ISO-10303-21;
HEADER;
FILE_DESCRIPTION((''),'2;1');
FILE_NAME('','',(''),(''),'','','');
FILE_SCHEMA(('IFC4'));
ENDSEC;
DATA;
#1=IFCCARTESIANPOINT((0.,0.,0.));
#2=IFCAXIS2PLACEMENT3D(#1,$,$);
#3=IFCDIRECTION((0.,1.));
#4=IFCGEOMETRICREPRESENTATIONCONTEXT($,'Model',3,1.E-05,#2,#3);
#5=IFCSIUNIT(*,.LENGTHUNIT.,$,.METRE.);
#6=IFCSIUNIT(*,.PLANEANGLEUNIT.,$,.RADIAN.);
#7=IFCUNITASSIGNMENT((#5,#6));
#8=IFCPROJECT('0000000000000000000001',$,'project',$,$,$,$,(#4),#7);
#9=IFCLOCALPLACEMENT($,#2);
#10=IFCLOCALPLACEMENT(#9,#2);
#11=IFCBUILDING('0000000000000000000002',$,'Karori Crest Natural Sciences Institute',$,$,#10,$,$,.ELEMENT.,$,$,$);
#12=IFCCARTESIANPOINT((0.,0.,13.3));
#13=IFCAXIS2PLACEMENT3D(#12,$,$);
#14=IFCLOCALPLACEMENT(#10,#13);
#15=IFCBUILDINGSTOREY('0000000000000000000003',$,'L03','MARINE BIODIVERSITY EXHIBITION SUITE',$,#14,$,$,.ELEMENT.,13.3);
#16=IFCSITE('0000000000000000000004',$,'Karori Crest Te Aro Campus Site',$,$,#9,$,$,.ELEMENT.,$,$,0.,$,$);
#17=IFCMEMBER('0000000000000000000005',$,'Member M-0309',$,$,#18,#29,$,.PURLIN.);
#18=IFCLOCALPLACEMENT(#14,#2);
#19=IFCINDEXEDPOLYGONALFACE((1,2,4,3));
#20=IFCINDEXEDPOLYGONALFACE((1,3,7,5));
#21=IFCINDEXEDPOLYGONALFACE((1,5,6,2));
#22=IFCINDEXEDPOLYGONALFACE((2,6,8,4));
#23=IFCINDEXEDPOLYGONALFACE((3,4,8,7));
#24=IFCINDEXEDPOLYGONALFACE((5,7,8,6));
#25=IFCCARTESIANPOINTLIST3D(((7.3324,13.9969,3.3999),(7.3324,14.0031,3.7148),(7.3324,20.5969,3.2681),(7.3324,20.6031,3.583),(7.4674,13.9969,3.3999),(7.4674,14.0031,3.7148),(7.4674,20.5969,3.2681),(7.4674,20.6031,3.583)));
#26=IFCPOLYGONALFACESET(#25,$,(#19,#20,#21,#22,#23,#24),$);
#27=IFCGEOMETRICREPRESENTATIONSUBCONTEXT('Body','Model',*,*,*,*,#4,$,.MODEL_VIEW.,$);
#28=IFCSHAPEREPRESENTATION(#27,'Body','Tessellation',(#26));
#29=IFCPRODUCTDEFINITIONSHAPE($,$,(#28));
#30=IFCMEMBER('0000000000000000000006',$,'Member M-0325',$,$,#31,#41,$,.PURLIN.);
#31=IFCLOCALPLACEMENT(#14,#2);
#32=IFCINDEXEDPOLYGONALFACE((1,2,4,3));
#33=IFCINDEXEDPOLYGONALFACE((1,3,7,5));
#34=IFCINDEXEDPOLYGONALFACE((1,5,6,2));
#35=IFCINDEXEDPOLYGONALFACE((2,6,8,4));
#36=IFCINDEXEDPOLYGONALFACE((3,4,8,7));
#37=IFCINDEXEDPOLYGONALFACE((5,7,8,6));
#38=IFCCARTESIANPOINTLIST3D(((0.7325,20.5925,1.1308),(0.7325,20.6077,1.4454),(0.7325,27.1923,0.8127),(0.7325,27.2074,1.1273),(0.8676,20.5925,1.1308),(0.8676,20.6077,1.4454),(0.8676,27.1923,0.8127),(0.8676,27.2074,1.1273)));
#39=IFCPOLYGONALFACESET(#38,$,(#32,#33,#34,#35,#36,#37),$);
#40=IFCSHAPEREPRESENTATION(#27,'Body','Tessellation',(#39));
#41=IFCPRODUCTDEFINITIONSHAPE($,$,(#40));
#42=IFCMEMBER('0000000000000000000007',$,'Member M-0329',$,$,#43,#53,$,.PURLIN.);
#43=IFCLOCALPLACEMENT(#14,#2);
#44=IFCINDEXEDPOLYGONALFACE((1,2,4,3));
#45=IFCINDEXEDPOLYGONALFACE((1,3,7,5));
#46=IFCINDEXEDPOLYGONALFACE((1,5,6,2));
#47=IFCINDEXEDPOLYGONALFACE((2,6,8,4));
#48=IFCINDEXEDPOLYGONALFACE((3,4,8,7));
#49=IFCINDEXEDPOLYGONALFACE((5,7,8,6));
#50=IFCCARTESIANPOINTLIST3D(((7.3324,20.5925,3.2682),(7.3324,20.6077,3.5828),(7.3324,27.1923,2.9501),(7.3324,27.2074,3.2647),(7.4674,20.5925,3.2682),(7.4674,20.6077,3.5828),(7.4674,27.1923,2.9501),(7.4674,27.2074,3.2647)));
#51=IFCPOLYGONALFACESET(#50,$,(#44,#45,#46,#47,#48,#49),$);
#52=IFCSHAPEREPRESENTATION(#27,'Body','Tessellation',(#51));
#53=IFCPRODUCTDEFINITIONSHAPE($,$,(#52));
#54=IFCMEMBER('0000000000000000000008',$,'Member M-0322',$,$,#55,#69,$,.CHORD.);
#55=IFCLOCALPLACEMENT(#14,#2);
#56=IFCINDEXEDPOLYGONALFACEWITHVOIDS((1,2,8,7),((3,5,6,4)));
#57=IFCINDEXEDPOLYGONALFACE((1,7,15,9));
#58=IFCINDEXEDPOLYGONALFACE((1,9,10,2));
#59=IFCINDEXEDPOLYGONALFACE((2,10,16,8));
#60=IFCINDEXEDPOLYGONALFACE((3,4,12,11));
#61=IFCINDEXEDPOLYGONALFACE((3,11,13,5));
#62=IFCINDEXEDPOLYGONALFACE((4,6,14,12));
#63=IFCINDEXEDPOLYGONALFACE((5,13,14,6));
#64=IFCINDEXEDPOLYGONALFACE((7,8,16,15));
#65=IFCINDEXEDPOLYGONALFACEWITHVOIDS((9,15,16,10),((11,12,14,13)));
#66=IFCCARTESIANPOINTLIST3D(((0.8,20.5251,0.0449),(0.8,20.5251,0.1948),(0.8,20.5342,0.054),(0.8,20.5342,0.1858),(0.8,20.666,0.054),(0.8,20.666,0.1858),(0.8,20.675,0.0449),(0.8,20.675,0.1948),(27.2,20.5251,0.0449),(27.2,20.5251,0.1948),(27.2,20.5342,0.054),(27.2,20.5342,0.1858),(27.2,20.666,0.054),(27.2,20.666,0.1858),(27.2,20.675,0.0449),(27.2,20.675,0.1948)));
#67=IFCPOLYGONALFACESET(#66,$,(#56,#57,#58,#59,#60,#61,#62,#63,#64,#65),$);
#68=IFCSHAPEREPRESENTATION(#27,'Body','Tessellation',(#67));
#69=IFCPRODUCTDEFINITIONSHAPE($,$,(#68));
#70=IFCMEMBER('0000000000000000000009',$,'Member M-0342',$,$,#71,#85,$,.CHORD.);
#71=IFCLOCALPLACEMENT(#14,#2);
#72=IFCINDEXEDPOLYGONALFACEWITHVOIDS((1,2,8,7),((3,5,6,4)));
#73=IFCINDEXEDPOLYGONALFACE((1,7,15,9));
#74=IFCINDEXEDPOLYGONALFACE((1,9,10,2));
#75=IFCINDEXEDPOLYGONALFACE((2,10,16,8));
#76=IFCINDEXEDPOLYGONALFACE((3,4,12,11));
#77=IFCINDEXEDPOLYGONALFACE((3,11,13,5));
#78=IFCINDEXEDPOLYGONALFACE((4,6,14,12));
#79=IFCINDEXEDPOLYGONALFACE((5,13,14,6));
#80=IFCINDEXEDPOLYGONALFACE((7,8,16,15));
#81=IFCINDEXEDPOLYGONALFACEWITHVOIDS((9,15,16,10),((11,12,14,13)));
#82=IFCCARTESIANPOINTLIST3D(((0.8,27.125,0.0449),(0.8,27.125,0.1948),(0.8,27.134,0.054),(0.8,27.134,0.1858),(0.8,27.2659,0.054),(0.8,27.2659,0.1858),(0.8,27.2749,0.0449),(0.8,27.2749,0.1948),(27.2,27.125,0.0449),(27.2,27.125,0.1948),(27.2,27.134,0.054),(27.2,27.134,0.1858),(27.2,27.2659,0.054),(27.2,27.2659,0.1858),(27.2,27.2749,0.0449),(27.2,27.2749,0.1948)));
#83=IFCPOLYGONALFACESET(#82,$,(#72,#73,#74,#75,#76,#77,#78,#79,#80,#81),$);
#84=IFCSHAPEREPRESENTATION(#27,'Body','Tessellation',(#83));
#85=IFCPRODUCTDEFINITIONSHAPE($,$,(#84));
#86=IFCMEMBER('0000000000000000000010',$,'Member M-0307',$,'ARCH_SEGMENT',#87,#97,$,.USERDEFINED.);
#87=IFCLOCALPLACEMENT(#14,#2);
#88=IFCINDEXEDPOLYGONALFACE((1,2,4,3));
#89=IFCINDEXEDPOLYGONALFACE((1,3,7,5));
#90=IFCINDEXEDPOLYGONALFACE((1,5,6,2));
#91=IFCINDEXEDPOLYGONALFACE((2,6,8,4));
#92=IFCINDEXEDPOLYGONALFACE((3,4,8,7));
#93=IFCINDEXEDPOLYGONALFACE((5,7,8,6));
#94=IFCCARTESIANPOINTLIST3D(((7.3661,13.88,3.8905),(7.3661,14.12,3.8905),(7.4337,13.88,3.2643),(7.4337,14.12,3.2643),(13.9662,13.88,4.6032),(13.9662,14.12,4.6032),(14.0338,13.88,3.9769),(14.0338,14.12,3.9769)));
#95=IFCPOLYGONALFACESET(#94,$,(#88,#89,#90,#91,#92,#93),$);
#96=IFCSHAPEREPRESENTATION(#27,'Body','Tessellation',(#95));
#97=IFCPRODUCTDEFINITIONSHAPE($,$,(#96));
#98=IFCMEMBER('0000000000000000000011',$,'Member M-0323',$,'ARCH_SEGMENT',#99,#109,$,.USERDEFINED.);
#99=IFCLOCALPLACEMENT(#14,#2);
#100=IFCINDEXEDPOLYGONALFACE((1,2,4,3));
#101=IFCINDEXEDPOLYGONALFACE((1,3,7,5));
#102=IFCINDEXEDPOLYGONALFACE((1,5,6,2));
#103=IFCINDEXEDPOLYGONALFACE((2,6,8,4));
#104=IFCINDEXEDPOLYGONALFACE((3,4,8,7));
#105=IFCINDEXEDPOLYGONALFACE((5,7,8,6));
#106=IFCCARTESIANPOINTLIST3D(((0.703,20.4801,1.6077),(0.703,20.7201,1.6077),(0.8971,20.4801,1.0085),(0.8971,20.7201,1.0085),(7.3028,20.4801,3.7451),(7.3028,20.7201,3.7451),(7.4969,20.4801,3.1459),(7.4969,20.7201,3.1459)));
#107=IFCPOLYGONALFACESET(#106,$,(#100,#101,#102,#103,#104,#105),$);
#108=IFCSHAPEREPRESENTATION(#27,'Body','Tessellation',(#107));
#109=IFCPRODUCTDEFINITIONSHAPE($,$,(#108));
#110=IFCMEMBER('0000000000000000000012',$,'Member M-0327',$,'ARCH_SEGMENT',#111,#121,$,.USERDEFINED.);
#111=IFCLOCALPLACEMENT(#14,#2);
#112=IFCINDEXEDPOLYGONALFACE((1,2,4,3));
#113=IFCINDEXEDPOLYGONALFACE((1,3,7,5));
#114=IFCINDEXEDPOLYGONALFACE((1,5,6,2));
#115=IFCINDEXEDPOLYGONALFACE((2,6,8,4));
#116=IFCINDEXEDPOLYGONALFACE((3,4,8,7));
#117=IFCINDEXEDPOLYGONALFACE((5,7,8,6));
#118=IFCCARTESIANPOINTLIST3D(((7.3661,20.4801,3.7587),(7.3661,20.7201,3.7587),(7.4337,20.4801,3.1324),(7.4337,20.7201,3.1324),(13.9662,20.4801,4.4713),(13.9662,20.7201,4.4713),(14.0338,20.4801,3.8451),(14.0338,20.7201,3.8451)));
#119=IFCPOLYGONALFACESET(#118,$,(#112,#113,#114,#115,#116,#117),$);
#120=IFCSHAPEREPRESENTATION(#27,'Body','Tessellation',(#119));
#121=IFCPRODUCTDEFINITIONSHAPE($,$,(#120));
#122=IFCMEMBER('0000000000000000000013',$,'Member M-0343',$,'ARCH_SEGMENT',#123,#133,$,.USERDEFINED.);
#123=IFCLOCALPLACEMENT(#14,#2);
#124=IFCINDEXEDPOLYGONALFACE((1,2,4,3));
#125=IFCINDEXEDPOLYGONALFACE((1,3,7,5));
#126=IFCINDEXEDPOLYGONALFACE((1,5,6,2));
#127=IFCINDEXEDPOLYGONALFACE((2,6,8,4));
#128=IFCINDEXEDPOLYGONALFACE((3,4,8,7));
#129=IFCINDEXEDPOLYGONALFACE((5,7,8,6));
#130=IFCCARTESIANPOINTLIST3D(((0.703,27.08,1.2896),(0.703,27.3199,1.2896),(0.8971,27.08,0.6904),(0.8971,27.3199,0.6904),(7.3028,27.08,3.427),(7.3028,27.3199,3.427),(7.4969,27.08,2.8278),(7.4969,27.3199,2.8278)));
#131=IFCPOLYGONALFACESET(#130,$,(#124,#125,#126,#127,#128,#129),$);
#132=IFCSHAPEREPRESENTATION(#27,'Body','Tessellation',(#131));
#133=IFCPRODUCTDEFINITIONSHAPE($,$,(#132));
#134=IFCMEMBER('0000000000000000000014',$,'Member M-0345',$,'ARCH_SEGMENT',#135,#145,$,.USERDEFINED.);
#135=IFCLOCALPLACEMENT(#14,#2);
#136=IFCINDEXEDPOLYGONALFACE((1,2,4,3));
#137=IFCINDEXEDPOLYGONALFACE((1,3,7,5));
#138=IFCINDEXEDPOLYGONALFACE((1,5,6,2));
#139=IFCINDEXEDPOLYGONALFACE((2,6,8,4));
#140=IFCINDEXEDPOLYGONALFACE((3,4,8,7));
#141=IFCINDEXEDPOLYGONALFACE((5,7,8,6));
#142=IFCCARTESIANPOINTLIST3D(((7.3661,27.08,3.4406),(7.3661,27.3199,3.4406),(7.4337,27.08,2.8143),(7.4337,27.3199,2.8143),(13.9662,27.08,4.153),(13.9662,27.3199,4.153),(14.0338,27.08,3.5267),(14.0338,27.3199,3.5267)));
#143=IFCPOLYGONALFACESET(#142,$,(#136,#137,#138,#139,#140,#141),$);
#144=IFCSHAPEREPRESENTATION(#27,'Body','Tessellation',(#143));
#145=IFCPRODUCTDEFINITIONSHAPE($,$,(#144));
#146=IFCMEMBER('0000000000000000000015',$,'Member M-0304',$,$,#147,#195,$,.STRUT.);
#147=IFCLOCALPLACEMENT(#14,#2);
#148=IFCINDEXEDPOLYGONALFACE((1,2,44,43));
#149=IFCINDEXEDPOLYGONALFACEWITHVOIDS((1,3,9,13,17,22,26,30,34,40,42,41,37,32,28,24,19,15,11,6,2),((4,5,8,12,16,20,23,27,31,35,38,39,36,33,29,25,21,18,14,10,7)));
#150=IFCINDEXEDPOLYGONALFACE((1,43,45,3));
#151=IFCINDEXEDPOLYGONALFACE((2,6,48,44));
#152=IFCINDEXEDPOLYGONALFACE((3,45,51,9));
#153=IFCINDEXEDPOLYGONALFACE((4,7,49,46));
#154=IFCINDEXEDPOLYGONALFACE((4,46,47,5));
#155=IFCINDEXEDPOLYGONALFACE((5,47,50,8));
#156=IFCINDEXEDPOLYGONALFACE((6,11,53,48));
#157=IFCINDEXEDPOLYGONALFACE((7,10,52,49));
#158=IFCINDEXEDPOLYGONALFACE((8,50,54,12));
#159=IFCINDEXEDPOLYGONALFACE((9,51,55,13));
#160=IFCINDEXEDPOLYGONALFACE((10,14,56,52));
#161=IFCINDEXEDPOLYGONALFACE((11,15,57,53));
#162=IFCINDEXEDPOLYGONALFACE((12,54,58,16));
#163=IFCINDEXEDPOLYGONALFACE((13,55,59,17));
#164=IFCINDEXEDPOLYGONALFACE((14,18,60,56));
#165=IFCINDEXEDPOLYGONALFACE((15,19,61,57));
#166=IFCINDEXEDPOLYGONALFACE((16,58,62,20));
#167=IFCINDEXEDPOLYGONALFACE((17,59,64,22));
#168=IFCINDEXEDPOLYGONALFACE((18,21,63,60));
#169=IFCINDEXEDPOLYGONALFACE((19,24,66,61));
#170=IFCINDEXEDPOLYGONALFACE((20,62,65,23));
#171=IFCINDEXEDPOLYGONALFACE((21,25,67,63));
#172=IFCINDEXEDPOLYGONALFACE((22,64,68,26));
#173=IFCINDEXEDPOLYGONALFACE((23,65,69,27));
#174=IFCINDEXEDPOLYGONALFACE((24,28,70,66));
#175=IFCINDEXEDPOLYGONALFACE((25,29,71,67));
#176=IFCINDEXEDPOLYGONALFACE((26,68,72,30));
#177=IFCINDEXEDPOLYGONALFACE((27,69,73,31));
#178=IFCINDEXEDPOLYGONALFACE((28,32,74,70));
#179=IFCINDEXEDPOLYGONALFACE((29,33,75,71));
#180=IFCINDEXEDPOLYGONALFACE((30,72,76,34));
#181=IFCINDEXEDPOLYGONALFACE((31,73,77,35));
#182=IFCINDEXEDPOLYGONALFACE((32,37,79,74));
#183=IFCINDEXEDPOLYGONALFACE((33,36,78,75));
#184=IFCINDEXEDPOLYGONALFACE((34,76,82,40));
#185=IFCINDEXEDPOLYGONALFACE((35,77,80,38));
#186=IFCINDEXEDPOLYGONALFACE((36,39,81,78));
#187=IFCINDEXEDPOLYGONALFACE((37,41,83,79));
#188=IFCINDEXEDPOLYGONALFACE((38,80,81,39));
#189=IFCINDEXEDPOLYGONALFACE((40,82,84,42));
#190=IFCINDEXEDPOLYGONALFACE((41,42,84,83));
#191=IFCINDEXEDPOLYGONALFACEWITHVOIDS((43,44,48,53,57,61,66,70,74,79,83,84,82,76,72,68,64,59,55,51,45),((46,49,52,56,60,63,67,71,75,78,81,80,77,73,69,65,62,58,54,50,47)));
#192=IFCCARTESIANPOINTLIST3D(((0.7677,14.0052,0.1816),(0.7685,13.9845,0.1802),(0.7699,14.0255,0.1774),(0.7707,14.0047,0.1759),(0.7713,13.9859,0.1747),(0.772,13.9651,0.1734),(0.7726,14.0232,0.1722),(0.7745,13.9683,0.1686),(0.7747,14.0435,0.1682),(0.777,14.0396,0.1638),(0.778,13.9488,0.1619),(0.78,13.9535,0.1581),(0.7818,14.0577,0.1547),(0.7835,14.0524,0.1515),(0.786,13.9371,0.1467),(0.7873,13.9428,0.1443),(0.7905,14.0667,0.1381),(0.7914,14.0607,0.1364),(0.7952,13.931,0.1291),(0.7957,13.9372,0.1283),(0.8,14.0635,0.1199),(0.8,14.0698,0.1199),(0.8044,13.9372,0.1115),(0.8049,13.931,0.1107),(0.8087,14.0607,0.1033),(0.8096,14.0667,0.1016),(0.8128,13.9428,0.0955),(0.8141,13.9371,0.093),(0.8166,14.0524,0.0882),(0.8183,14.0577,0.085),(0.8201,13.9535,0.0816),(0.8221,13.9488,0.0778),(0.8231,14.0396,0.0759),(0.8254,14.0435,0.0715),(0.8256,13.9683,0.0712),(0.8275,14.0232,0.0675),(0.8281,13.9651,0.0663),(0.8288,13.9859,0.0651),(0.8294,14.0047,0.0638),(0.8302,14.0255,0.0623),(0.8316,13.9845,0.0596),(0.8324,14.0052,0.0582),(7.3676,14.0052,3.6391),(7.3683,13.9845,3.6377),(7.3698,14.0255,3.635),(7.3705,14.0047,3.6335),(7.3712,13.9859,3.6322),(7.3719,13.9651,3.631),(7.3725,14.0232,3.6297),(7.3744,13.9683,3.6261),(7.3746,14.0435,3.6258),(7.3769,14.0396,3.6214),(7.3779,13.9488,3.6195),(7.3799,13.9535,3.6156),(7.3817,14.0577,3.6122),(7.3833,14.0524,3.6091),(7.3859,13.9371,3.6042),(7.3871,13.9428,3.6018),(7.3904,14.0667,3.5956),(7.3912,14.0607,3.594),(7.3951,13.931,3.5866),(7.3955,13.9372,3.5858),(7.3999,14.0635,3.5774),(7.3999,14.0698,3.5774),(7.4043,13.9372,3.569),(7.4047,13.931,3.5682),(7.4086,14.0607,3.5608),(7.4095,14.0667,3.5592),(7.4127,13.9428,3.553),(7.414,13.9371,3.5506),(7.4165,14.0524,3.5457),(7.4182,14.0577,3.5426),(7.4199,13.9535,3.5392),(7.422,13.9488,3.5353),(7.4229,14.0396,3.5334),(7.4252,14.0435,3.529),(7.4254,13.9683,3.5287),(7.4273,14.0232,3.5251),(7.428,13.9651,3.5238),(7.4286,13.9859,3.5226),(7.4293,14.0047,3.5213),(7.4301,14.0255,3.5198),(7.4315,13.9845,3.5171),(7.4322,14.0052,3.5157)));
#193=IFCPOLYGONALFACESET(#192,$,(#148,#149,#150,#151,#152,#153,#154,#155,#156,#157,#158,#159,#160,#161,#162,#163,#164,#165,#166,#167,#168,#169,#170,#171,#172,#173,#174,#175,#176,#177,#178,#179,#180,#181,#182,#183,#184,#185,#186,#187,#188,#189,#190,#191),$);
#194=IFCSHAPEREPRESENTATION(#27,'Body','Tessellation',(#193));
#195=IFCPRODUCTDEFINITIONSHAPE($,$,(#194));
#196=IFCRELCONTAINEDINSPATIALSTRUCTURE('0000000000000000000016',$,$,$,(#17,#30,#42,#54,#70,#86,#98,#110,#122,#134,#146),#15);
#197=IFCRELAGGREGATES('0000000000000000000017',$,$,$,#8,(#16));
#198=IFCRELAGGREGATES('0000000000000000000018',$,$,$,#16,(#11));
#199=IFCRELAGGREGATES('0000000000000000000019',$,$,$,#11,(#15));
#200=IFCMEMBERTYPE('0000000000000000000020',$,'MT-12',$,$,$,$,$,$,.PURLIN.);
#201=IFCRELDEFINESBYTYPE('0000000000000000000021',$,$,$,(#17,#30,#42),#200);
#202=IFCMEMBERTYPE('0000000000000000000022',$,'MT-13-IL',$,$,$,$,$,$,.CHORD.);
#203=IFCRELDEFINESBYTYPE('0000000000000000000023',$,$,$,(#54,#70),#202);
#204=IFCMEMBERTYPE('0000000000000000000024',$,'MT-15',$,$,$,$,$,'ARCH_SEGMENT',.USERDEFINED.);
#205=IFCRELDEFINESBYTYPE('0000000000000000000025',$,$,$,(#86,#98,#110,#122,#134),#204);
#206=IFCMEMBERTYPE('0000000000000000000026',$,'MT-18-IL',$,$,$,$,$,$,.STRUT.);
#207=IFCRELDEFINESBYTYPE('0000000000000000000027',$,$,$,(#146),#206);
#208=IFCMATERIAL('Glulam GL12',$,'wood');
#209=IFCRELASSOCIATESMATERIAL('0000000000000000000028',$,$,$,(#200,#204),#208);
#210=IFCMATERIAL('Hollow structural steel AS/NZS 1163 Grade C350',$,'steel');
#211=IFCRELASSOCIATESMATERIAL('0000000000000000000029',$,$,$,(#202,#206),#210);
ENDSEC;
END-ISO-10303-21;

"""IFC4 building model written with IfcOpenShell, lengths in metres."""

from ifc_helpers import new_model, si_unit, direction, frame, origin, origin_2d, place, context, subcontext, project, spatial, rectangle, hollow_rectangle, hollow_circle, extrude, material, material_profile, profile_set, type_object, element, save


model = new_model("IFC4")

# Units and contexts
model_context = context("Model", 3, precision=1e-05, world=origin(), true_north=direction((0.0, 1.0)))
body_context = subcontext(model_context, "Body", "Model", "MODEL_VIEW")
ifc_project = project(units=[si_unit("LENGTHUNIT", "METRE"), si_unit("PLANEANGLEUNIT", "RADIAN")], contexts=[model_context])

# Site, building, storey
site_placement = place(None, origin())
site = spatial("IfcSite", under=ifc_project, at=site_placement, Name="Karori Crest Te Aro Campus Site", CompositionType="ELEMENT", RefElevation=0.0)
building_placement = place(site_placement, origin())
building = spatial("IfcBuilding", under=site, at=building_placement, Name="Karori Crest Natural Sciences Institute", CompositionType="ELEMENT")
storey_placement = place(building_placement, frame((0.0, 0.0, 13.3)))
storey = spatial("IfcBuildingStorey", under=building, at=storey_placement, Name="L03", Description="MARINE BIODIVERSITY EXHIBITION SUITE", CompositionType="ELEMENT", Elevation=13.3)

# Shared definitions
ifc_material_1 = material(Name="Hollow structural steel AS/NZS 1163 Grade C350", Category="steel")

# Members
ifc_material_2 = material(Name="Glulam GL12", Category="wood")
ifc_material_profile_1 = material_profile(ifc_material_2, rectangle(XDim=0.135, YDim=0.3149, at=origin_2d()), Name="GL135x315")
ifc_profile_set_1 = profile_set([ifc_material_profile_1], Name="Glulam GL12")
member_type_1 = type_object("IfcMemberType", Name="MT-12", PredefinedType="PURLIN", material=ifc_profile_set_1)
for number, where, z_axis, x_axis, name in (
    (1, (7.3999, 14.0, 3.5574), (0.0, 0.999801, -0.019971), (-1.0, 0.0, 0.0), "Member M-0309"),
):
    element("IfcMember", number, at=place(storey_placement, frame(where, z_axis=z_axis, x_axis=x_axis)), inside=storey, type_object=member_type_1, Name=name, PredefinedType="PURLIN", context=body_context, shape_type="SweptSolid", body=[
        extrude(rectangle(XDim=0.135, YDim=0.3149, at=origin_2d()), origin(), (0.0, 0.0, 1.0), 6.6013),
    ])
for number, where, z_axis, x_axis, name in (
    (2, (0.8, 20.6001, 1.2881), (0.0, 0.99884, -0.048144), (-1.0, 0.0, 0.0), "Member M-0325"),
    (3, (7.3999, 20.6001, 3.4255), (0.0, 0.99884, -0.048144), (-1.0, 0.0, 0.0), "Member M-0329"),
):
    element("IfcMember", number, at=place(storey_placement, frame(where, z_axis=z_axis, x_axis=x_axis)), inside=storey, type_object=member_type_1, Name=name, PredefinedType="PURLIN", context=body_context, shape_type="SweptSolid", body=[
        extrude(rectangle(XDim=0.135, YDim=0.3149, at=origin_2d()), origin(), (0.0, 0.0, 1.0), 6.6074),
    ])
ifc_material_profile_2 = material_profile(ifc_material_1, hollow_rectangle(XDim=0.1499, YDim=0.1499, WallThickness=0.009, at=origin_2d()), Name="SHS150x150x9")
ifc_profile_set_2 = profile_set([ifc_material_profile_2], Name="Hollow structural steel AS/NZS 1163 Grade C350")
member_type_2 = type_object("IfcMemberType", Name="MT-13-IL", PredefinedType="CHORD", material=ifc_profile_set_2)
for number, where, z_axis, x_axis, name in (
    (4, (0.8, 20.6001, 0.1199), (1.0, 0.0, 0.0), (0.0, 1.0, 0.0), "Member M-0322"),
    (5, (0.8, 27.2, 0.1199), (1.0, 0.0, 0.0), (0.0, 1.0, 0.0), "Member M-0342"),
):
    element("IfcMember", number, at=place(storey_placement, frame(where, z_axis=z_axis, x_axis=x_axis)), inside=storey, type_object=member_type_2, Name=name, PredefinedType="CHORD", context=body_context, shape_type="SweptSolid", body=[
        extrude(hollow_rectangle(XDim=0.1499, YDim=0.1499, WallThickness=0.009, at=origin_2d()), origin(), (0.0, 0.0, 1.0), 26.3999),
    ])
ifc_material_profile_3 = material_profile(ifc_material_2, rectangle(XDim=0.24, YDim=0.6299, at=origin_2d()), Name="GL240x630")
ifc_profile_set_3 = profile_set([ifc_material_profile_3], Name="Glulam GL12")
member_type_3 = type_object("IfcMemberType", Name="MT-15", ElementType="ARCH_SEGMENT", PredefinedType="USERDEFINED", material=ifc_profile_set_3)
member_1_placement = place(storey_placement, frame((7.3999, 14.0, 3.5774), z_axis=(0.994221, 0.0, 0.107351), x_axis=(0.0, 1.0, 0.0)))
element("IfcMember", 6, at=member_1_placement, inside=storey, type_object=member_type_3, Name="Member M-0307", ObjectType="ARCH_SEGMENT", PredefinedType="USERDEFINED", context=body_context, shape_type="SweptSolid", body=[
    extrude(rectangle(XDim=0.24, YDim=0.6299, at=origin_2d()), origin(), (0.0, 0.0, 1.0), 6.6384),
])
member_2_placement = place(storey_placement, frame((0.8, 20.6001, 1.3081), z_axis=(0.951351, 0.0, 0.308108), x_axis=(0.0, 1.0, 0.0)))
element("IfcMember", 7, at=member_2_placement, inside=storey, type_object=member_type_3, Name="Member M-0323", ObjectType="ARCH_SEGMENT", PredefinedType="USERDEFINED", context=body_context, shape_type="SweptSolid", body=[
    extrude(rectangle(XDim=0.24, YDim=0.6299, at=origin_2d()), origin(), (0.0, 0.0, 1.0), 6.9373),
])
member_3_placement = place(storey_placement, frame((7.3999, 20.6001, 3.4456), z_axis=(0.994221, 0.0, 0.107351), x_axis=(0.0, 1.0, 0.0)))
element("IfcMember", 8, at=member_3_placement, inside=storey, type_object=member_type_3, Name="Member M-0327", ObjectType="ARCH_SEGMENT", PredefinedType="USERDEFINED", context=body_context, shape_type="SweptSolid", body=[
    extrude(rectangle(XDim=0.24, YDim=0.6299, at=origin_2d()), origin(), (0.0, 0.0, 1.0), 6.6384),
])
member_4_placement = place(storey_placement, frame((0.8, 27.2, 0.99), z_axis=(0.951351, 0.0, 0.308108), x_axis=(0.0, 1.0, 0.0)))
element("IfcMember", 9, at=member_4_placement, inside=storey, type_object=member_type_3, Name="Member M-0343", ObjectType="ARCH_SEGMENT", PredefinedType="USERDEFINED", context=body_context, shape_type="SweptSolid", body=[
    extrude(rectangle(XDim=0.24, YDim=0.6299, at=origin_2d()), origin(), (0.0, 0.0, 1.0), 6.9373),
])
member_5_placement = place(storey_placement, frame((7.3999, 27.2, 3.1274), z_axis=(0.994225, 0.0, 0.107315), x_axis=(0.0, 1.0, 0.0)))
element("IfcMember", 10, at=member_5_placement, inside=storey, type_object=member_type_3, Name="Member M-0345", ObjectType="ARCH_SEGMENT", PredefinedType="USERDEFINED", context=body_context, shape_type="SweptSolid", body=[
    extrude(rectangle(XDim=0.24, YDim=0.6299, at=origin_2d()), origin(), (0.0, 0.0, 1.0), 6.6384),
])
ifc_material_profile_4 = material_profile(ifc_material_1, hollow_circle(Radius=0.0698, WallThickness=0.0063, at=origin_2d()), Name="CHS139.7x6.4")
ifc_profile_set_4 = profile_set([ifc_material_profile_4], Name="Hollow structural steel AS/NZS 1163 Grade C350")
member_type_4 = type_object("IfcMemberType", Name="MT-18-IL", PredefinedType="STRUT", material=ifc_profile_set_4)
member_6_placement = place(storey_placement, frame((0.8, 14.0, 0.1199), z_axis=(0.885807, 0.0, 0.464055), x_axis=(0.0, 1.0, 0.0)))
element("IfcMember", 11, at=member_6_placement, inside=storey, type_object=member_type_4, Name="Member M-0304", PredefinedType="STRUT", context=body_context, shape_type="SweptSolid", body=[
    extrude(hollow_circle(Radius=0.0698, WallThickness=0.0063, at=origin_2d()), origin(), (0.0, 0.0, 1.0), 7.4507),
])

save(model, "model.ifc")
